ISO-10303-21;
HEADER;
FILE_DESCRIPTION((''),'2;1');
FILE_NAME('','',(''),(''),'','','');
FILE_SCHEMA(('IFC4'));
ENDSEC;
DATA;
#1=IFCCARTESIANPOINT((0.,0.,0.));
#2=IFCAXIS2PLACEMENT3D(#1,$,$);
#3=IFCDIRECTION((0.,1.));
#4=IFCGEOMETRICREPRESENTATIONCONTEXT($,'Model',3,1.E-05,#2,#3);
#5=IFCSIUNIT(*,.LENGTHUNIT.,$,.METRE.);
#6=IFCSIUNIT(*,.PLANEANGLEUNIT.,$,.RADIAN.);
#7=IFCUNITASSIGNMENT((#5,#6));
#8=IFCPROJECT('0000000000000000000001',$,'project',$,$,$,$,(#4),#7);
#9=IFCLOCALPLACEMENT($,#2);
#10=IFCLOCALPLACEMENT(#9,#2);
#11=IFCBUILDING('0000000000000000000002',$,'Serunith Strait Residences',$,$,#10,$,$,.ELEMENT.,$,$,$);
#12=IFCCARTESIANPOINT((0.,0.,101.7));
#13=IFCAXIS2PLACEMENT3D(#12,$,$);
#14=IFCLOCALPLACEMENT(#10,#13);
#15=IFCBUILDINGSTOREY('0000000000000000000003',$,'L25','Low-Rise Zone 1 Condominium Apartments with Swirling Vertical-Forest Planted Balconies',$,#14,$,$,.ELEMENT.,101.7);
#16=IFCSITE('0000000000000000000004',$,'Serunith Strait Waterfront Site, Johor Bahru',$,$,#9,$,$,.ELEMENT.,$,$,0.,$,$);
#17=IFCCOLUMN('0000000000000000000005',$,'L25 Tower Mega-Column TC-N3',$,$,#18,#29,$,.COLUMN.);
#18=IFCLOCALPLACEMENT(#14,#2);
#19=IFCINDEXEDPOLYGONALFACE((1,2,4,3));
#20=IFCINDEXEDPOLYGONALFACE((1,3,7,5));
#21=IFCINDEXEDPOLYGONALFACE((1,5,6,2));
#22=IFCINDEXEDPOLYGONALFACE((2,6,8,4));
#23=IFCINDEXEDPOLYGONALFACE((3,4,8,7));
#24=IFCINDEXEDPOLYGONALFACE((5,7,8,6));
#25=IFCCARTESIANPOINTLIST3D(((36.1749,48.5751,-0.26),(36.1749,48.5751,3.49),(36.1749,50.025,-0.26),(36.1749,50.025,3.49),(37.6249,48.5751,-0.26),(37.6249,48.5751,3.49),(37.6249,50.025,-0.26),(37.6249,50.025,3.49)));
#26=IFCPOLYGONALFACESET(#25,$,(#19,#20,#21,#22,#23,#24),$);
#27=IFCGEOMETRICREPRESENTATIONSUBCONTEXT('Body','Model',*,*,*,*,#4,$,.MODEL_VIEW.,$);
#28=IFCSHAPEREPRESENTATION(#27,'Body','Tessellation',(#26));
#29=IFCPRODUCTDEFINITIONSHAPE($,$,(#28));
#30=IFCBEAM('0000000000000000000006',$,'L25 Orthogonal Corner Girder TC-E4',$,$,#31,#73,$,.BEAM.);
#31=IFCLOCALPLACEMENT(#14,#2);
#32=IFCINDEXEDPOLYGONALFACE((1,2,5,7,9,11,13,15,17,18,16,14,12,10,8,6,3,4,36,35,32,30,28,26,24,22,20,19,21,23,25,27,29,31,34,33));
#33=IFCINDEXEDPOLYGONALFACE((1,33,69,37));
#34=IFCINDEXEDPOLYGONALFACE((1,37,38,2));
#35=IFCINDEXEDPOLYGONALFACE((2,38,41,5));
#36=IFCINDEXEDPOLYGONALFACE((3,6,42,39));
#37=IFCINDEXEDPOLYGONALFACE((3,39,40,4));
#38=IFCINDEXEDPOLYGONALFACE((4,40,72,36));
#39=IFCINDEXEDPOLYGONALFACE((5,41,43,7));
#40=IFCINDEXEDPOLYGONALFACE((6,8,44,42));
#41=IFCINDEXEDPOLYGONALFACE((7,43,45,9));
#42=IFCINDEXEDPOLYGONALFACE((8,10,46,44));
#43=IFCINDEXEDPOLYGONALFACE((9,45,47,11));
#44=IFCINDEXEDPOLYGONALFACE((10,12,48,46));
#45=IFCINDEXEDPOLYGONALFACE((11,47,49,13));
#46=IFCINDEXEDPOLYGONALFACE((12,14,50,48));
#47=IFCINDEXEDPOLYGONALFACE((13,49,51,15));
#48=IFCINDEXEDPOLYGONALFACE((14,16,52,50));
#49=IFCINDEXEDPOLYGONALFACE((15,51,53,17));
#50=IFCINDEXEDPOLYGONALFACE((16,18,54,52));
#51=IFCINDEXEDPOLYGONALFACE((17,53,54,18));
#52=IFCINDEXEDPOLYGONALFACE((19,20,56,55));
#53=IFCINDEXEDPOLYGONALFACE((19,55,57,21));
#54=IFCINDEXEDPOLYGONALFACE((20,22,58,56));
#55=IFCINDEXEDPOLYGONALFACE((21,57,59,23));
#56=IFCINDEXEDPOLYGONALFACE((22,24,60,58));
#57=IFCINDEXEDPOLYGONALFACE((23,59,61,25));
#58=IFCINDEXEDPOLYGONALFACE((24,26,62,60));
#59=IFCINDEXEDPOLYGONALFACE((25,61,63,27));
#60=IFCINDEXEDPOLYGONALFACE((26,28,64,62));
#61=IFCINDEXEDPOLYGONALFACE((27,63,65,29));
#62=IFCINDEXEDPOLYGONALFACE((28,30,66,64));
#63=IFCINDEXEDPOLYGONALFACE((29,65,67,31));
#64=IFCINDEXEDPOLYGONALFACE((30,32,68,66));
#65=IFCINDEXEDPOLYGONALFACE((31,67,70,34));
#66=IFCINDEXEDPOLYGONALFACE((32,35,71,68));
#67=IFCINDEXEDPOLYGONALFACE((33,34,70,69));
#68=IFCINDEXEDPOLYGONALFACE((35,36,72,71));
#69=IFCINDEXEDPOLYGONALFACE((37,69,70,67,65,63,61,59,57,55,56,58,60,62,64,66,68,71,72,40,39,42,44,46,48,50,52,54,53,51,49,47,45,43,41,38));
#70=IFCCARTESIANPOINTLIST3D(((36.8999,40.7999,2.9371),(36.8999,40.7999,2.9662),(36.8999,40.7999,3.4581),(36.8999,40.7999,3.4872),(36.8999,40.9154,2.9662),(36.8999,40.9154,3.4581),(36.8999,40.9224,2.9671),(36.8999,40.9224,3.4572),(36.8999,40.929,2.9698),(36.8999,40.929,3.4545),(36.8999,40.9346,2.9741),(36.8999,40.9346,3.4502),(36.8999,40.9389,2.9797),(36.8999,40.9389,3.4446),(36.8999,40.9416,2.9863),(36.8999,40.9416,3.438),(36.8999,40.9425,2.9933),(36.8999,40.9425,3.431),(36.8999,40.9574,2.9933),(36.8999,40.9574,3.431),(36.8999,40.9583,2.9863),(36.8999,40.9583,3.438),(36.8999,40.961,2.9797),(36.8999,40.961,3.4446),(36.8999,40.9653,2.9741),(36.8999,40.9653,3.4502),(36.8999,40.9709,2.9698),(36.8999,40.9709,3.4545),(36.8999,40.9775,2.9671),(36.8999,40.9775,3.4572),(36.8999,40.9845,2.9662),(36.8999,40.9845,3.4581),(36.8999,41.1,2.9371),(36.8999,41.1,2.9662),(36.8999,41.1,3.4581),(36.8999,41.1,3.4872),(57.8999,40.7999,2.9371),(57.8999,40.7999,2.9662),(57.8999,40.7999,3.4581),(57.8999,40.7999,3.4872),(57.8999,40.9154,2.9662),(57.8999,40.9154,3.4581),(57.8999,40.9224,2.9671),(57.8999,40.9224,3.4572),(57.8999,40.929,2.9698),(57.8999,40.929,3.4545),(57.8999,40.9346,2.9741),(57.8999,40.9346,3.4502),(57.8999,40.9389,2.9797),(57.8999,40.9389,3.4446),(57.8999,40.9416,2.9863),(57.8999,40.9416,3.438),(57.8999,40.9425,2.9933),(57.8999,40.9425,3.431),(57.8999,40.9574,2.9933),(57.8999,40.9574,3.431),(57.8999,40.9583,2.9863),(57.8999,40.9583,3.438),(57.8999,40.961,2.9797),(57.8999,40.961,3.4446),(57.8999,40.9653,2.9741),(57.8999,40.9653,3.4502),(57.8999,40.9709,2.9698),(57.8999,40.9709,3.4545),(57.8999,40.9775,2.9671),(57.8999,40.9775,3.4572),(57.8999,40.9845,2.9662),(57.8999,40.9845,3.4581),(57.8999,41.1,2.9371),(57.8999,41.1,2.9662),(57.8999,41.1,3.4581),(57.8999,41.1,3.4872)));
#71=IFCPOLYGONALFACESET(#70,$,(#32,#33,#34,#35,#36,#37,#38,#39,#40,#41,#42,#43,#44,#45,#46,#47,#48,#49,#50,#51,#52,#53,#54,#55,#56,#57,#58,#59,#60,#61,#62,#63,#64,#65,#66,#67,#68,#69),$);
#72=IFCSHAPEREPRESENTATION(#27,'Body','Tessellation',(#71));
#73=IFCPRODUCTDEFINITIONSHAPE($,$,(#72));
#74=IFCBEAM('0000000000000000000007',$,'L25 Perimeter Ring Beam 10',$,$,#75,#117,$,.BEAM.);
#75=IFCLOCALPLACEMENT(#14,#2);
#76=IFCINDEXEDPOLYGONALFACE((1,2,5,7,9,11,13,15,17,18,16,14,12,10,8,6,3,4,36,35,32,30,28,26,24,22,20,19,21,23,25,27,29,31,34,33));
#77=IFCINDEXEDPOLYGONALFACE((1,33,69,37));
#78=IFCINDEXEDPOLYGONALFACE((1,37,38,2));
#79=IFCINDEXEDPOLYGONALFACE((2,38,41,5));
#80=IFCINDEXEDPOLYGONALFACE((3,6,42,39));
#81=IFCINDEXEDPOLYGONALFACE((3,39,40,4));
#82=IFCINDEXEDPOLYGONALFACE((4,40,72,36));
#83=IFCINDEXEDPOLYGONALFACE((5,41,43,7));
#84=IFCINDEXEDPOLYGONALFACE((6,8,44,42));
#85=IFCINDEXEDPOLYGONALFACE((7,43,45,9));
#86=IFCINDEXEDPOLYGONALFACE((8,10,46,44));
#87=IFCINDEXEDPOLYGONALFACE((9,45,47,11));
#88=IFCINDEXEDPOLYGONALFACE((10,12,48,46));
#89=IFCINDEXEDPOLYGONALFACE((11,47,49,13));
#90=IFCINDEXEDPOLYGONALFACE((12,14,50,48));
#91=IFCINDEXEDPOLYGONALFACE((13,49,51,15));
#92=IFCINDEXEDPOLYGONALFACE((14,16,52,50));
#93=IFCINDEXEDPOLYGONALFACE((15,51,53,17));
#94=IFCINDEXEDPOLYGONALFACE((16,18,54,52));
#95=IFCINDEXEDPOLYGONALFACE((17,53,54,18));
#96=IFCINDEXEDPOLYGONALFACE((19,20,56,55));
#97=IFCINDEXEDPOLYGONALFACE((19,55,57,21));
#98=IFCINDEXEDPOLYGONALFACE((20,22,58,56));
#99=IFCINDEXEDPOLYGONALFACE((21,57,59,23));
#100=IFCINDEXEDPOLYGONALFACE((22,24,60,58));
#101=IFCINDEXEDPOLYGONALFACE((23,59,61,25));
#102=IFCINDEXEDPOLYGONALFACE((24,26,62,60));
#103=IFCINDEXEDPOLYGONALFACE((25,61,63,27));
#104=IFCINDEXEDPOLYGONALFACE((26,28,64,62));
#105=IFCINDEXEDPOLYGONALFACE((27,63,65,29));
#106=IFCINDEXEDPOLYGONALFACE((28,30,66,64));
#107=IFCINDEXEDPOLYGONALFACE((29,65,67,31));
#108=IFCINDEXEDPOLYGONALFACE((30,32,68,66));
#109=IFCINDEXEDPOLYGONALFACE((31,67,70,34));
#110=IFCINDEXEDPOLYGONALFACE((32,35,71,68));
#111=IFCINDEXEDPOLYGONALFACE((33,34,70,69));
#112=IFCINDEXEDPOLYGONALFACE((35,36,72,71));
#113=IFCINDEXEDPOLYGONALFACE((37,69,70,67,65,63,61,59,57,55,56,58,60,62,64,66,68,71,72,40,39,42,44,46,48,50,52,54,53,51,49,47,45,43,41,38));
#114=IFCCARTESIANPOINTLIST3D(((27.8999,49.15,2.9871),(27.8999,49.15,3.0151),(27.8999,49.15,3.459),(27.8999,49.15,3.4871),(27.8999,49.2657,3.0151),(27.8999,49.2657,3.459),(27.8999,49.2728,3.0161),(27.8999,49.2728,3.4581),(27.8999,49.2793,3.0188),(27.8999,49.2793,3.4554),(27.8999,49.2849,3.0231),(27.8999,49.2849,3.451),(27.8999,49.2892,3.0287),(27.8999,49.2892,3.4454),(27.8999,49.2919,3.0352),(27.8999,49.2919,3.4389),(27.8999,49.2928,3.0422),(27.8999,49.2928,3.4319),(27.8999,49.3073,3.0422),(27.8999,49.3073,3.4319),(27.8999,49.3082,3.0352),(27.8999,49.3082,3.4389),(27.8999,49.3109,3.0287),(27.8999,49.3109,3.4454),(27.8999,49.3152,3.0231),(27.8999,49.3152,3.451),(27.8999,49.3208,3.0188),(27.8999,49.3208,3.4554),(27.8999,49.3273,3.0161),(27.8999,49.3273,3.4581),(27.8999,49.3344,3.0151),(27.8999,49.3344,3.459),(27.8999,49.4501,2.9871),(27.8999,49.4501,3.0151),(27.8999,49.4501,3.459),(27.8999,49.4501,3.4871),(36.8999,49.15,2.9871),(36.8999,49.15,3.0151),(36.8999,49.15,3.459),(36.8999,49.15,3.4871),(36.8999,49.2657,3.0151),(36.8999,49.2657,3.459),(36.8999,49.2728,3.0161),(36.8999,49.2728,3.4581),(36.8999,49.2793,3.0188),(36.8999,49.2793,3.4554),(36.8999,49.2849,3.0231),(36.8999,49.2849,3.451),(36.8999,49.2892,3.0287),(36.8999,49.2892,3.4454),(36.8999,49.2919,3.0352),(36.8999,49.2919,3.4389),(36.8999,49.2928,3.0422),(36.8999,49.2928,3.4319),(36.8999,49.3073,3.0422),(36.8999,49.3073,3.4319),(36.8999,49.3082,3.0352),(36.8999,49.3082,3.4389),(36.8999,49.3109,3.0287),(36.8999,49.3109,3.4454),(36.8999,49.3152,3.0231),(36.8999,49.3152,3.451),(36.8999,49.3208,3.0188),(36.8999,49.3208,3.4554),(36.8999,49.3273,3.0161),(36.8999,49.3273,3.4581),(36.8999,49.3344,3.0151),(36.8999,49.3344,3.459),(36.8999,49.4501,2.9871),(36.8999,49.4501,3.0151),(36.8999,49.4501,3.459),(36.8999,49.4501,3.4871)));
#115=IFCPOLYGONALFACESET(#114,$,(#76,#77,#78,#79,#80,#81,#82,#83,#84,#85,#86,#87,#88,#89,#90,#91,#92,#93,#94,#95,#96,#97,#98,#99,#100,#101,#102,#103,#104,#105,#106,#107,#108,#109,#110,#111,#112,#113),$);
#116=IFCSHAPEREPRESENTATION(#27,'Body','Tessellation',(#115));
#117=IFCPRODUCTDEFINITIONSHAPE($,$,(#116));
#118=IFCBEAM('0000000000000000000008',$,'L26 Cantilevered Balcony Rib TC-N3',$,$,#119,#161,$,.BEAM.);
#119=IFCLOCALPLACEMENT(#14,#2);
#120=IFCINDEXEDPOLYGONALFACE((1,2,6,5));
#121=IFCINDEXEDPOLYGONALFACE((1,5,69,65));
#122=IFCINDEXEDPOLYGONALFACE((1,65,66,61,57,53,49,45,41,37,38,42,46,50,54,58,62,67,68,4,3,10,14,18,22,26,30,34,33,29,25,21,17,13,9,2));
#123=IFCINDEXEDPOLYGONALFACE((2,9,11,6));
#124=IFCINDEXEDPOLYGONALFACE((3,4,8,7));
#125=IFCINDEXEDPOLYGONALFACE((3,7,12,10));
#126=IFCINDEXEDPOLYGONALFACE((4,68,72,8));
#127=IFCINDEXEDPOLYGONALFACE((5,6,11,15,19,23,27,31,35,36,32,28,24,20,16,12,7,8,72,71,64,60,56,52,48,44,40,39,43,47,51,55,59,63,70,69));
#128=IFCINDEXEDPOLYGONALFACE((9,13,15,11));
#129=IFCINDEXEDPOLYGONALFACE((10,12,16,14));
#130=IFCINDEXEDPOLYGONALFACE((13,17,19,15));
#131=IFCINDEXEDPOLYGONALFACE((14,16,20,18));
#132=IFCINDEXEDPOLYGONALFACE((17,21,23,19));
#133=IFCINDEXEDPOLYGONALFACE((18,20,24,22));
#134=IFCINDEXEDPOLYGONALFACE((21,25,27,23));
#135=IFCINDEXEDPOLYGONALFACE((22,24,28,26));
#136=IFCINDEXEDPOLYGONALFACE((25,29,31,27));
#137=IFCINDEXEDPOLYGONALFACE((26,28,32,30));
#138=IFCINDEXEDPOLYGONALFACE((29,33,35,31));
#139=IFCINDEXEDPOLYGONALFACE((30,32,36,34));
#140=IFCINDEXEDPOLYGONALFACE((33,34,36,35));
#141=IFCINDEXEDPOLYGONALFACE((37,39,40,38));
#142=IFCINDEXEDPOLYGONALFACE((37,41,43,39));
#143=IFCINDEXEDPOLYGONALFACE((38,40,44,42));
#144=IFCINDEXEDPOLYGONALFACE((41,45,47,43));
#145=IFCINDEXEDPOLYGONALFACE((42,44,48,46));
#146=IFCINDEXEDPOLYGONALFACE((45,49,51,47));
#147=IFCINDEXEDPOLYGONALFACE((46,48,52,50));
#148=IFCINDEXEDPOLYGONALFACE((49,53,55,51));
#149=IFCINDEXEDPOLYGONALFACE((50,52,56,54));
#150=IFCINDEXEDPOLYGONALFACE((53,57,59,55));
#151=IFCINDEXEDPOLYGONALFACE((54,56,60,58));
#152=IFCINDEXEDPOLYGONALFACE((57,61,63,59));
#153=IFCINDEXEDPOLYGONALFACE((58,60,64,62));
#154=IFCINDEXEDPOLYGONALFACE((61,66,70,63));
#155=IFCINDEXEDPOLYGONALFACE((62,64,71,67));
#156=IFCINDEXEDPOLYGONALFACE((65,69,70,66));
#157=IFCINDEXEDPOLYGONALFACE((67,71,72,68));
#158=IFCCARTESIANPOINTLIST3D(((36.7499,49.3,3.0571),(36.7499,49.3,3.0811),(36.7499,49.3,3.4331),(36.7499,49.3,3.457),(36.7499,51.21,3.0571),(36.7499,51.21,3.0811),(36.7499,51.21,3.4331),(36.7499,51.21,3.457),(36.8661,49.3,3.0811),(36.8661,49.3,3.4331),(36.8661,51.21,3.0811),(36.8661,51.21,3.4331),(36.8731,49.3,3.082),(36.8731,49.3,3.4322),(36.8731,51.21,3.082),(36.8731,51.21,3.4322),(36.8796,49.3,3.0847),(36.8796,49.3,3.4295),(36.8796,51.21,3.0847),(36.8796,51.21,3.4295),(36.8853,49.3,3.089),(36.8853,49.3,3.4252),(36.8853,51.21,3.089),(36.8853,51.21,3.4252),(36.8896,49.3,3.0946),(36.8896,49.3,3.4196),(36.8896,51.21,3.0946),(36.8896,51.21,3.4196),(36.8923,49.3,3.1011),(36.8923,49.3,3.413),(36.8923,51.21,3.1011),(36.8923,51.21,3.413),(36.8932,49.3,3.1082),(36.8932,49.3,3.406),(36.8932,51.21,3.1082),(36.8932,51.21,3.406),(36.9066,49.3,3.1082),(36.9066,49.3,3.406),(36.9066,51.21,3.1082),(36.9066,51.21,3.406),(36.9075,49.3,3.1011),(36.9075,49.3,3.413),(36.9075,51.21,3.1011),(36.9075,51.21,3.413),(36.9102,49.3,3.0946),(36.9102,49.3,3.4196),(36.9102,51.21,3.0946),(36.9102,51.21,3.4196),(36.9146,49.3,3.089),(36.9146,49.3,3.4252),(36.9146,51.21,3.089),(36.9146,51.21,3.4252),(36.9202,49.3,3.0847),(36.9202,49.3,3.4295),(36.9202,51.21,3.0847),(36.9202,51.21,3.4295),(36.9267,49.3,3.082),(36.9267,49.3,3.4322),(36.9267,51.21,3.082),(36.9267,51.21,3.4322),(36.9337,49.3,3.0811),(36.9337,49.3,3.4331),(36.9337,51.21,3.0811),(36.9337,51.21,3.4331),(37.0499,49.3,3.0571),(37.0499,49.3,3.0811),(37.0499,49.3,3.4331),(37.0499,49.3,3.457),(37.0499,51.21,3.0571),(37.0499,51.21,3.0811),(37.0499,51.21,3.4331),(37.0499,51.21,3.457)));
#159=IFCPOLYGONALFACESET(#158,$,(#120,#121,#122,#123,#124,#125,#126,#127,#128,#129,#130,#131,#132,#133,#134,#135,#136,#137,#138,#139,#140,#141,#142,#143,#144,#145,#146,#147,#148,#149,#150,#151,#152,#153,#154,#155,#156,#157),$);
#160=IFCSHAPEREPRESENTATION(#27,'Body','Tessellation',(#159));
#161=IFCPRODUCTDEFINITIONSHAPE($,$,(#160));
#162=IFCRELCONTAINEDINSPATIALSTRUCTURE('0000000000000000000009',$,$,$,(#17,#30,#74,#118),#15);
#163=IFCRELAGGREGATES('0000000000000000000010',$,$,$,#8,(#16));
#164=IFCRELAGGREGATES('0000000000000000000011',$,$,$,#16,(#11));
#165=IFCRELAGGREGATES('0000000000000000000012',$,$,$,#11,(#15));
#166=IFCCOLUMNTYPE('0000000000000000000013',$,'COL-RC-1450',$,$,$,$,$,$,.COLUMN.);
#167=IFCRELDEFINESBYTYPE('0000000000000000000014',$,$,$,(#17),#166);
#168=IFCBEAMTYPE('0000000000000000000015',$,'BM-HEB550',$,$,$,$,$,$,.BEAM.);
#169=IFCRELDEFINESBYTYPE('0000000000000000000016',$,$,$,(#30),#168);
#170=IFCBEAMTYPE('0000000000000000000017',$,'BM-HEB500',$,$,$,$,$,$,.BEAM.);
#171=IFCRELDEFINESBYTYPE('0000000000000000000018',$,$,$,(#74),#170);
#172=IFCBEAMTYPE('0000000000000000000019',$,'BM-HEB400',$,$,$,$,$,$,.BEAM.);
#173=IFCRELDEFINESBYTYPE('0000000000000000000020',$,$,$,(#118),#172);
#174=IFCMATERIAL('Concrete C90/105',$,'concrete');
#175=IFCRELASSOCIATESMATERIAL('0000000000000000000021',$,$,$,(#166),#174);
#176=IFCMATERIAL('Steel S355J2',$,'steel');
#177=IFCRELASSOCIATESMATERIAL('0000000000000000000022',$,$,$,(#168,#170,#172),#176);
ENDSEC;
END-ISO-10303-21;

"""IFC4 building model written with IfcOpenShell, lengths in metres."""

from ifc_helpers import new_model, si_unit, direction, frame, origin, origin_2d, place, context, subcontext, project, spatial, rectangle, i_section, extrude, source, transform, mapped, material, material_profile, profile_set, type_object, element, save


model = new_model("IFC4")

# Units and contexts
model_context = context("Model", 3, precision=1e-05, world=origin(), true_north=direction((0.0, 1.0)))
body_context = subcontext(model_context, "Body", "Model", "MODEL_VIEW")
ifc_project = project(units=[si_unit("LENGTHUNIT", "METRE"), si_unit("PLANEANGLEUNIT", "RADIAN")], contexts=[model_context])

# Site, building, storey
site_placement = place(None, origin())
site = spatial("IfcSite", under=ifc_project, at=site_placement, Name="Serunith Strait Waterfront Site, Johor Bahru", CompositionType="ELEMENT", RefElevation=0.0)
building_placement = place(site_placement, origin())
building = spatial("IfcBuilding", under=site, at=building_placement, Name="Serunith Strait Residences", CompositionType="ELEMENT")
storey_placement = place(building_placement, frame((0.0, 0.0, 101.7)))
storey = spatial("IfcBuildingStorey", under=building, at=storey_placement, Name="L25", Description="Low-Rise Zone 1 Condominium Apartments with Swirling Vertical-Forest Planted Balconies", CompositionType="ELEMENT", Elevation=101.7)

# Column
ifc_material_1 = material(Name="Concrete C90/105", Category="concrete")
ifc_material_profile_1 = material_profile(ifc_material_1, rectangle(XDim=1.45, YDim=1.45, at=origin_2d()), Name="RC 1450x1450")
ifc_profile_set_1 = profile_set([ifc_material_profile_1], Name="Concrete C90/105")
column_type = type_object("IfcColumnType", Name="COL-RC-1450", PredefinedType="COLUMN", material=ifc_profile_set_1)
shared_shape_1 = source(origin(), body_context, "Body", "SweptSolid", [
    extrude(rectangle(XDim=1.45, YDim=1.45, at=origin_2d()), origin(), (0.0, 0.0, 1.0), 3.75),
])
column_placement = place(storey_placement, frame((36.8999, 49.3, -0.26), z_axis=(0.0, 0.0, 1.0), x_axis=(1.0, 0.0, 0.0)))
element("IfcColumn", 1, at=column_placement, inside=storey, type_object=column_type, Name="L25 Tower Mega-Column TC-N3", PredefinedType="COLUMN", context=body_context, shape_type="MappedRepresentation", body=[
    mapped(shared_shape_1, transform((0.0, 0.0, 0.0), scale=1.0)),
])

# Beams
ifc_material_2 = material(Name="Steel S355J2", Category="steel")
ifc_material_profile_2 = material_profile(ifc_material_2, i_section(OverallWidth=0.3, OverallDepth=0.55, WebThickness=0.0149, FlangeThickness=0.0291, FilletRadius=0.0271, at=origin_2d()), Name="HEB 550")
ifc_profile_set_2 = profile_set([ifc_material_profile_2], Name="Steel S355J2")
beam_type_1 = type_object("IfcBeamType", Name="BM-HEB550", PredefinedType="BEAM", material=ifc_profile_set_2)
shared_shape_2 = source(origin(), body_context, "Body", "SweptSolid", [
    extrude(i_section(OverallWidth=0.3, OverallDepth=0.55, WebThickness=0.0149, FlangeThickness=0.0291, FilletRadius=0.0271, at=origin_2d()), origin(), (0.0, 0.0, 1.0), 21.0),
])
beam_1_placement = place(storey_placement, frame((36.8999, 40.95, 3.2122), z_axis=(1.0, 0.0, 0.0), x_axis=(0.0, 1.0, 0.0)))
element("IfcBeam", 2, at=beam_1_placement, inside=storey, type_object=beam_type_1, Name="L25 Orthogonal Corner Girder TC-E4", PredefinedType="BEAM", context=body_context, shape_type="MappedRepresentation", body=[
    mapped(shared_shape_2, transform((0.0, 0.0, 0.0), scale=1.0)),
])
ifc_material_profile_3 = material_profile(ifc_material_2, i_section(OverallWidth=0.3, OverallDepth=0.5, WebThickness=0.0144, FlangeThickness=0.0281, FilletRadius=0.0271, at=origin_2d()), Name="HEB 500")
ifc_profile_set_3 = profile_set([ifc_material_profile_3], Name="Steel S355J2")
beam_type_2 = type_object("IfcBeamType", Name="BM-HEB500", PredefinedType="BEAM", material=ifc_profile_set_3)
shared_shape_3 = source(origin(), body_context, "Body", "SweptSolid", [
    extrude(i_section(OverallWidth=0.3, OverallDepth=0.5, WebThickness=0.0144, FlangeThickness=0.0281, FilletRadius=0.0271, at=origin_2d()), origin(), (0.0, 0.0, 1.0), 9.0),
])
beam_2_placement = place(storey_placement, frame((36.8999, 49.3, 3.2371), z_axis=(-1.0, 0.0, 0.0), x_axis=(0.0, -1.0, 0.0)))
element("IfcBeam", 3, at=beam_2_placement, inside=storey, type_object=beam_type_2, Name="L25 Perimeter Ring Beam 10", PredefinedType="BEAM", context=body_context, shape_type="MappedRepresentation", body=[
    mapped(shared_shape_3, transform((0.0, 0.0, 0.0), scale=1.0)),
])
ifc_material_profile_4 = material_profile(ifc_material_2, i_section(OverallWidth=0.3, OverallDepth=0.3999, WebThickness=0.0134, FlangeThickness=0.0239, FilletRadius=0.0271, at=origin_2d()), Name="HEB 400")
ifc_profile_set_4 = profile_set([ifc_material_profile_4], Name="Steel S355J2")
beam_type_3 = type_object("IfcBeamType", Name="BM-HEB400", PredefinedType="BEAM", material=ifc_profile_set_4)
shared_shape_4 = source(origin(), body_context, "Body", "SweptSolid", [
    extrude(i_section(OverallWidth=0.3, OverallDepth=0.3999, WebThickness=0.0134, FlangeThickness=0.0239, FilletRadius=0.0271, at=origin_2d()), origin(), (0.0, 0.0, 1.0), 1.9099),
])
beam_3_placement = place(storey_placement, frame((36.8999, 49.3, 3.2571), z_axis=(0.0, 1.0, 0.0), x_axis=(-1.0, 0.0, 0.0)))
element("IfcBeam", 4, at=beam_3_placement, inside=storey, type_object=beam_type_3, Name="L26 Cantilevered Balcony Rib TC-N3", PredefinedType="BEAM", context=body_context, shape_type="MappedRepresentation", body=[
    mapped(shared_shape_4, transform((0.0, 0.0, 0.0), scale=1.0)),
])

save(model, "model.ifc")
